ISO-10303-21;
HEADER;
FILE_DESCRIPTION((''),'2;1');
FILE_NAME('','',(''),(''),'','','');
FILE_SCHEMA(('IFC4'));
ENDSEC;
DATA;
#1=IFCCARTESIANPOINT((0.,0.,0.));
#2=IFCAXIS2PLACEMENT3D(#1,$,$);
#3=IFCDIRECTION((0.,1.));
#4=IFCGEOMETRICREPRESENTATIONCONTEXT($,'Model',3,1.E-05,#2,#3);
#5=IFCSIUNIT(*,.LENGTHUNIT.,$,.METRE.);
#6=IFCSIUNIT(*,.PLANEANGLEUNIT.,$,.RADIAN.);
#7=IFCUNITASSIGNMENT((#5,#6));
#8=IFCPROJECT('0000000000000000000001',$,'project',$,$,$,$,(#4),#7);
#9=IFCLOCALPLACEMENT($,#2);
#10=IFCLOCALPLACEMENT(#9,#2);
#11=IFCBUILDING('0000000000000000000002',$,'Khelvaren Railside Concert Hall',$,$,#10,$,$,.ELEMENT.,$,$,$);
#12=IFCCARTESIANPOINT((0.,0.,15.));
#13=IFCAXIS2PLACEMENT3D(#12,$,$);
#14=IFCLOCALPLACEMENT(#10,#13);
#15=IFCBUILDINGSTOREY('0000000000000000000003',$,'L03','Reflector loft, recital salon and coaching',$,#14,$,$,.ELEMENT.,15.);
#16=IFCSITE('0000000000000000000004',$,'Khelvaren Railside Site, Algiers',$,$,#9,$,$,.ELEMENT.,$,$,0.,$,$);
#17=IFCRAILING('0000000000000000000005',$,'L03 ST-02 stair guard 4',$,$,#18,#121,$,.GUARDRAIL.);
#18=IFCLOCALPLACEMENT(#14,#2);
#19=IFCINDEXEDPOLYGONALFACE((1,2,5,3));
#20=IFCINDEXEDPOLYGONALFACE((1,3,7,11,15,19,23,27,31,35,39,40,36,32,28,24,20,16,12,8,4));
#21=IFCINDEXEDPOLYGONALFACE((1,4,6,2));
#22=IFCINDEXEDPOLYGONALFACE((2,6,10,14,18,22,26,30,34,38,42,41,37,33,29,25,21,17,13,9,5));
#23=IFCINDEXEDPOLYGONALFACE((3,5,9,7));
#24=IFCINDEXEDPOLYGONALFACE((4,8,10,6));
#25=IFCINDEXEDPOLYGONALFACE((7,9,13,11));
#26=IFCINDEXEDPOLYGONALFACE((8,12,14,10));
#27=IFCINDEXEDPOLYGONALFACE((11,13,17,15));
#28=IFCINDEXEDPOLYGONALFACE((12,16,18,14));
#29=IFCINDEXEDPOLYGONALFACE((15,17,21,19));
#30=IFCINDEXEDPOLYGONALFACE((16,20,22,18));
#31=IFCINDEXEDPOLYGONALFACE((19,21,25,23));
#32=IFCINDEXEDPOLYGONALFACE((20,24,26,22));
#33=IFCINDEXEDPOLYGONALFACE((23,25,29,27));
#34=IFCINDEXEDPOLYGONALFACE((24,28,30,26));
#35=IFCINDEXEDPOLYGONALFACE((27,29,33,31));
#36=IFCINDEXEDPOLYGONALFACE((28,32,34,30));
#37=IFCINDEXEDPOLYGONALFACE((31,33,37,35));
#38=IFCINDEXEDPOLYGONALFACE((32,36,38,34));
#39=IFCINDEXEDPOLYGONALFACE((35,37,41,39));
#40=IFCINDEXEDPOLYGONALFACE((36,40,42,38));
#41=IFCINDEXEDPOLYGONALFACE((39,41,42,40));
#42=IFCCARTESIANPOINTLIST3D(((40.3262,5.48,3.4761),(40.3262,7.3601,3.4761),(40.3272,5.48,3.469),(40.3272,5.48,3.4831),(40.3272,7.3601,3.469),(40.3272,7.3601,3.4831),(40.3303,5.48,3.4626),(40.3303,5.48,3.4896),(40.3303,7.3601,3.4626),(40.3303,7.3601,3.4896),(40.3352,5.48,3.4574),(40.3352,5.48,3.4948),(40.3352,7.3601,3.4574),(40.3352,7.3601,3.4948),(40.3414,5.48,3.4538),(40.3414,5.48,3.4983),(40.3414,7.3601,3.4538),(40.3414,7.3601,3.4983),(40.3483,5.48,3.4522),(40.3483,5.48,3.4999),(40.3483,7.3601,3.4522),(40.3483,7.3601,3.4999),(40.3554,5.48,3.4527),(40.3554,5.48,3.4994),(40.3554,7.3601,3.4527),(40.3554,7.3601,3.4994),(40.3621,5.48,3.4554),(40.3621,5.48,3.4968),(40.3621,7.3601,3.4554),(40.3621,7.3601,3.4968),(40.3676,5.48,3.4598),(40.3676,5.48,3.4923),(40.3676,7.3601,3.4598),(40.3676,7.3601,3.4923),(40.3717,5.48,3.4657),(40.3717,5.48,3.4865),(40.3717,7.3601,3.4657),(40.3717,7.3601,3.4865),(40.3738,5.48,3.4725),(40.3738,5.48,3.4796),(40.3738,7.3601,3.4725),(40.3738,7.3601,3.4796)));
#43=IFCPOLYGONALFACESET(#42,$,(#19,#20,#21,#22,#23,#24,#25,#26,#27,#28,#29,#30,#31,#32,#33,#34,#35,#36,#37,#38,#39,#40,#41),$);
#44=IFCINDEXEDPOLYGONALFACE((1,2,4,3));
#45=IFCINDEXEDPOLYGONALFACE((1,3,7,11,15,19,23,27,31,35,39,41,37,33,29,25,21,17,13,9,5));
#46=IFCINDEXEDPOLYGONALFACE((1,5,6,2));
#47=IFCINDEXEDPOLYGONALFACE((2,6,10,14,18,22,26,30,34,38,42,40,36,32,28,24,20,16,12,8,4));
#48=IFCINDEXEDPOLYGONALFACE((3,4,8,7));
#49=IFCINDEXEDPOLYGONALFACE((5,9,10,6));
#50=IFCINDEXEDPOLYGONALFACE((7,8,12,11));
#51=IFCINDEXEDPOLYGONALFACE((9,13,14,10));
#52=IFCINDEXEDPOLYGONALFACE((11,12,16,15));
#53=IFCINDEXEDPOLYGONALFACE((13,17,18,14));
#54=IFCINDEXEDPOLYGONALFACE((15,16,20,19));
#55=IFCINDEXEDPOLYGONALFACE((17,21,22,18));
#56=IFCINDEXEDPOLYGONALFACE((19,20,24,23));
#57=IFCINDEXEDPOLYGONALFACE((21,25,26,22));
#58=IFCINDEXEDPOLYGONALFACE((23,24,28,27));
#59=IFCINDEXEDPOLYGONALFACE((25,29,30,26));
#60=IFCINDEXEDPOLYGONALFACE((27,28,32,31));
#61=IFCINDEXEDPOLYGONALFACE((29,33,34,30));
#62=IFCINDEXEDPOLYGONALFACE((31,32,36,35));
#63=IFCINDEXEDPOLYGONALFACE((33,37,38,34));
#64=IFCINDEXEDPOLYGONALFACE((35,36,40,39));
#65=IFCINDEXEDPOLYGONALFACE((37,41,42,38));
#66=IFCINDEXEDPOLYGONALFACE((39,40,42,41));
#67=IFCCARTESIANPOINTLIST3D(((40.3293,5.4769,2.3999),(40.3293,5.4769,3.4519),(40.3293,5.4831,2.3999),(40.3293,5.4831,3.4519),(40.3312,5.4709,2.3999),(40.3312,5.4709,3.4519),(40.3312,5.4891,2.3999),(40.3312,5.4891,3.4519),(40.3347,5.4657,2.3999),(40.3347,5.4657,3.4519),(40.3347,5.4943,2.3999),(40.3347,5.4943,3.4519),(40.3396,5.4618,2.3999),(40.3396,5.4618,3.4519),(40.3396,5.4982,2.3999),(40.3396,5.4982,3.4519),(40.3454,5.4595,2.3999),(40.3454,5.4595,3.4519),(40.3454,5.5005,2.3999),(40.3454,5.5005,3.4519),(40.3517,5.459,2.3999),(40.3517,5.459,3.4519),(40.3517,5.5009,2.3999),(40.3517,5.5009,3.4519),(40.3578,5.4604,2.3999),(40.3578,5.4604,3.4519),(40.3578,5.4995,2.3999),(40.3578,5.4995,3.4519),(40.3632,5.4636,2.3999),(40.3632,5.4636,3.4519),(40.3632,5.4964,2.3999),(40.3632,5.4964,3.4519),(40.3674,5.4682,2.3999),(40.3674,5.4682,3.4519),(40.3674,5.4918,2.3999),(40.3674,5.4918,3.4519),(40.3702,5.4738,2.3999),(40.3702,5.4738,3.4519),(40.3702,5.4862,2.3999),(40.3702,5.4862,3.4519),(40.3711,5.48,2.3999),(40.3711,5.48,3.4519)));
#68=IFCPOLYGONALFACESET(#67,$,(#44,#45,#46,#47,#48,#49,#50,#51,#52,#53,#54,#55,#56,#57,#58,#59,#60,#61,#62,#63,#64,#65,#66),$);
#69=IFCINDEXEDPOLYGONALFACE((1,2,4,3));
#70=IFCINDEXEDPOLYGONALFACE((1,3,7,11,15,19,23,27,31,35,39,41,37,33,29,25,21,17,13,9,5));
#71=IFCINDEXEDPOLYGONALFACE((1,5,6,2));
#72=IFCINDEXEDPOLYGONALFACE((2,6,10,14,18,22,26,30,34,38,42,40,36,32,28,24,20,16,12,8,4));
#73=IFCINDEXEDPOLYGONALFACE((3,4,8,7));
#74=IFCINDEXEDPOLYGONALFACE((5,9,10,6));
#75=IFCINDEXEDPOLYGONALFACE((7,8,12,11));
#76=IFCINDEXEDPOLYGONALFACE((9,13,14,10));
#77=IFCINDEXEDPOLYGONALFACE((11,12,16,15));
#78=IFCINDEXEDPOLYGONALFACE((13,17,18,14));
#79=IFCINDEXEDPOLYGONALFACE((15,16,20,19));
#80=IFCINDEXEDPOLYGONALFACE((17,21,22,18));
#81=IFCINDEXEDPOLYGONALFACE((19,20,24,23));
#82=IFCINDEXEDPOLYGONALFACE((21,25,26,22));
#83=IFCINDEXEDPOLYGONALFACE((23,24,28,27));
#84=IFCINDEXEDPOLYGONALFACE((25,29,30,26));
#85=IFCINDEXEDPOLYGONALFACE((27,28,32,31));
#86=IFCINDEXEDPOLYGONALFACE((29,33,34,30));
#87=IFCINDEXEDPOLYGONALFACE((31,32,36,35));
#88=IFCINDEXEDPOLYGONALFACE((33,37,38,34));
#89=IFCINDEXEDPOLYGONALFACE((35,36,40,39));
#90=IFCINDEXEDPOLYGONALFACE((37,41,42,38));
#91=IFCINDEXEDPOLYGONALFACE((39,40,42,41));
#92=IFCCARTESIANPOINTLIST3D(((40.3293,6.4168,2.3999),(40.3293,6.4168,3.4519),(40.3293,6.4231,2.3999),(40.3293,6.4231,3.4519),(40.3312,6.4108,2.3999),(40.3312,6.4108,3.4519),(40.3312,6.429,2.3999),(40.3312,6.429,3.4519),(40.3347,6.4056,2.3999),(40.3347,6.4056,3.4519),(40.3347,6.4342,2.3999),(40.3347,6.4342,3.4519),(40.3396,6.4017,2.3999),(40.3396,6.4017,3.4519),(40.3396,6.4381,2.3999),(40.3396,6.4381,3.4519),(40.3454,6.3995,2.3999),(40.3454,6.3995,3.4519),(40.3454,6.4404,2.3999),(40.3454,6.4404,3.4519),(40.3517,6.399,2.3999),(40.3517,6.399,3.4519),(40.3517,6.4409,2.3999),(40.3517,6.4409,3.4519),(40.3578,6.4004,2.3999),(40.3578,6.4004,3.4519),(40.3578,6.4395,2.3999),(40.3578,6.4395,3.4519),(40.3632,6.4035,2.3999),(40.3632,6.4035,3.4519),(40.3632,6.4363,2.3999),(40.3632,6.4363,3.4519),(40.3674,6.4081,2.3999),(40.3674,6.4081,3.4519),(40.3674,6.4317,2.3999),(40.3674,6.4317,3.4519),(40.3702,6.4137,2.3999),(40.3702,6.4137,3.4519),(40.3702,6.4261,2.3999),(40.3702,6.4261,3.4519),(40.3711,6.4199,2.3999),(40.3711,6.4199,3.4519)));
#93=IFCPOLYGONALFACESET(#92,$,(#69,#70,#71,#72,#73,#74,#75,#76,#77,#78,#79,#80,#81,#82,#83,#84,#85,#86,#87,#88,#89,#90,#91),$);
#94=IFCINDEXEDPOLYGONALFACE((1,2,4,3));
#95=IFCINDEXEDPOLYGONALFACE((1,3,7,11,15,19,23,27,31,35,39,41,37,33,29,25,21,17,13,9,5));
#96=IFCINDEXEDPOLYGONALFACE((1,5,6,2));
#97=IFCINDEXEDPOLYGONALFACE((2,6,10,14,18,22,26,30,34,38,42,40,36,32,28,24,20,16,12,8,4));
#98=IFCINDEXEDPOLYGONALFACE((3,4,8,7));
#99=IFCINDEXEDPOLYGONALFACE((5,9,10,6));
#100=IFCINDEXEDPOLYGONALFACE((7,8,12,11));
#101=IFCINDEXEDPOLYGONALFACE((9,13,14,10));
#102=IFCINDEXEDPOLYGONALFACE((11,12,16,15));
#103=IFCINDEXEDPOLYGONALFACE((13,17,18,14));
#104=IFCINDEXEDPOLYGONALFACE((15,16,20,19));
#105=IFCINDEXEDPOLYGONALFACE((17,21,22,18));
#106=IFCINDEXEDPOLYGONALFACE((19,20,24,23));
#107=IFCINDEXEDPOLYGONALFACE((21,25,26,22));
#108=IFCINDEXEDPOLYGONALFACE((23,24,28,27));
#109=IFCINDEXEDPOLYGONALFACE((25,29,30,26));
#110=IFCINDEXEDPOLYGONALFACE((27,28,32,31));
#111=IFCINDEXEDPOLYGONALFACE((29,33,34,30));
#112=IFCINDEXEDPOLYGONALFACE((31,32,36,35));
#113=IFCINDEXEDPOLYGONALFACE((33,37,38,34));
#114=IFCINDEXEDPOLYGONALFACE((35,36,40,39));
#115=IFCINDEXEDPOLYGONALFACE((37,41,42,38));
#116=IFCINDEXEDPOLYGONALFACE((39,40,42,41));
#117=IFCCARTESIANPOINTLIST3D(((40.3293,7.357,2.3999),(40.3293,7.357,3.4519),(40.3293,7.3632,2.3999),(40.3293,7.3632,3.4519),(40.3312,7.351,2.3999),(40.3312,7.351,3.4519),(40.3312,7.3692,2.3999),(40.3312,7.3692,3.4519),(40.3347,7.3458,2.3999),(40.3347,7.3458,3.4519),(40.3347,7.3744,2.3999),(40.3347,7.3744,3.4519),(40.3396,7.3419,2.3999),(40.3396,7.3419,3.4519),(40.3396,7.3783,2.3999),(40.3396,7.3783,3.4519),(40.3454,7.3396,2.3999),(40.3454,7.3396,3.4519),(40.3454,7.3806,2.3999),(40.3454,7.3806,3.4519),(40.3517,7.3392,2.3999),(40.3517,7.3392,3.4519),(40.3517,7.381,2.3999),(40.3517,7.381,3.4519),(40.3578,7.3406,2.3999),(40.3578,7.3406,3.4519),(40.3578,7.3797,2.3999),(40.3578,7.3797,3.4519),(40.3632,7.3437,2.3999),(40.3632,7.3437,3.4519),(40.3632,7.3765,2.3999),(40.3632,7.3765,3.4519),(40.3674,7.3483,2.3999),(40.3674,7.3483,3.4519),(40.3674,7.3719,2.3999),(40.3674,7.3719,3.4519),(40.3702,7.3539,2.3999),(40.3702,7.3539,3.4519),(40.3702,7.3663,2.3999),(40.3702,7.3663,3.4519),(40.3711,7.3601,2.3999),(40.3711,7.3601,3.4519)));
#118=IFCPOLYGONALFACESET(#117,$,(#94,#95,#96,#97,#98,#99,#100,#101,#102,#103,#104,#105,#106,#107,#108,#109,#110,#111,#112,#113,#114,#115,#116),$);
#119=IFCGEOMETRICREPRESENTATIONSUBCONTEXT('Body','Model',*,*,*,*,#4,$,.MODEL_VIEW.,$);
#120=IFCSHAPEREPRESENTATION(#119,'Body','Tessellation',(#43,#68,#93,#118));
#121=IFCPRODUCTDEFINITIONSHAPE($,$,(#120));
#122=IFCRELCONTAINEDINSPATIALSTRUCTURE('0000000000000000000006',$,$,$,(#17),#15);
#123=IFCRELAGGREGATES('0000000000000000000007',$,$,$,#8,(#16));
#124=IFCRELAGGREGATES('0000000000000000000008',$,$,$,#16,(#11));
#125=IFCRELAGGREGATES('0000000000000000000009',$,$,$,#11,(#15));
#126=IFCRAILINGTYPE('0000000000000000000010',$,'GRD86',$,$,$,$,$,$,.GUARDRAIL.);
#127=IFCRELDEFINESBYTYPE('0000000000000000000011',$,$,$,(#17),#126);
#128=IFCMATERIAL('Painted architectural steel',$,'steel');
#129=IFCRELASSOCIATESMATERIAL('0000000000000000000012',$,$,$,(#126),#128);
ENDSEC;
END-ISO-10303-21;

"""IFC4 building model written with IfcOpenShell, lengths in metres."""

from ifc_helpers import new_model, si_unit, direction, frame, origin, origin_2d, place, context, subcontext, project, spatial, circle, extrude, material, type_object, element, save


model = new_model("IFC4")

# Units and contexts
model_context = context("Model", 3, precision=1e-05, world=origin(), true_north=direction((0.0, 1.0)))
body_context = subcontext(model_context, "Body", "Model", "MODEL_VIEW")
ifc_project = project(units=[si_unit("LENGTHUNIT", "METRE"), si_unit("PLANEANGLEUNIT", "RADIAN")], contexts=[model_context])

# Site, building, storey
site_placement = place(None, origin())
site = spatial("IfcSite", under=ifc_project, at=site_placement, Name="Khelvaren Railside Site, Algiers", CompositionType="ELEMENT", RefElevation=0.0)
building_placement = place(site_placement, origin())
building = spatial("IfcBuilding", under=site, at=building_placement, Name="Khelvaren Railside Concert Hall", CompositionType="ELEMENT")
storey_placement = place(building_placement, frame((0.0, 0.0, 15.0)))
storey = spatial("IfcBuildingStorey", under=building, at=storey_placement, Name="L03", Description="Reflector loft, recital salon and coaching", CompositionType="ELEMENT", Elevation=15.0)

# Railing
ifc_material_1 = material(Name="Painted architectural steel", Category="steel")
railing_type_1 = type_object("IfcRailingType", Name="GRD86", PredefinedType="GUARDRAIL", material=ifc_material_1)
for number, where, name in (
    (1, (40.3501, 5.48, 2.3999), "L03 ST-02 stair guard 4"),
):
    element("IfcRailing", number, at=place(storey_placement, frame(where)), inside=storey, type_object=railing_type_1, Name=name, PredefinedType="GUARDRAIL", context=body_context, shape_type="SweptSolid", body=[
        extrude(circle(Radius=0.0239, at=origin_2d()), frame((0.0, 0.0, 1.0762), z_axis=(0.0, 1.0, 0.0), x_axis=(-1.0, 0.0, 0.0)), (0.0, 0.0, 1.0), 1.8801),
        extrude(circle(Radius=0.021, at=origin_2d()), origin(), (0.0, 0.0, 1.0), 1.052),
        extrude(circle(Radius=0.021, at=origin_2d()), frame((0.0, 0.9399, 0.0)), (0.0, 0.0, 1.0), 1.052),
        extrude(circle(Radius=0.021, at=origin_2d()), frame((0.0, 1.8801, 0.0)), (0.0, 0.0, 1.0), 1.052),
    ])

save(model, "model.ifc")
